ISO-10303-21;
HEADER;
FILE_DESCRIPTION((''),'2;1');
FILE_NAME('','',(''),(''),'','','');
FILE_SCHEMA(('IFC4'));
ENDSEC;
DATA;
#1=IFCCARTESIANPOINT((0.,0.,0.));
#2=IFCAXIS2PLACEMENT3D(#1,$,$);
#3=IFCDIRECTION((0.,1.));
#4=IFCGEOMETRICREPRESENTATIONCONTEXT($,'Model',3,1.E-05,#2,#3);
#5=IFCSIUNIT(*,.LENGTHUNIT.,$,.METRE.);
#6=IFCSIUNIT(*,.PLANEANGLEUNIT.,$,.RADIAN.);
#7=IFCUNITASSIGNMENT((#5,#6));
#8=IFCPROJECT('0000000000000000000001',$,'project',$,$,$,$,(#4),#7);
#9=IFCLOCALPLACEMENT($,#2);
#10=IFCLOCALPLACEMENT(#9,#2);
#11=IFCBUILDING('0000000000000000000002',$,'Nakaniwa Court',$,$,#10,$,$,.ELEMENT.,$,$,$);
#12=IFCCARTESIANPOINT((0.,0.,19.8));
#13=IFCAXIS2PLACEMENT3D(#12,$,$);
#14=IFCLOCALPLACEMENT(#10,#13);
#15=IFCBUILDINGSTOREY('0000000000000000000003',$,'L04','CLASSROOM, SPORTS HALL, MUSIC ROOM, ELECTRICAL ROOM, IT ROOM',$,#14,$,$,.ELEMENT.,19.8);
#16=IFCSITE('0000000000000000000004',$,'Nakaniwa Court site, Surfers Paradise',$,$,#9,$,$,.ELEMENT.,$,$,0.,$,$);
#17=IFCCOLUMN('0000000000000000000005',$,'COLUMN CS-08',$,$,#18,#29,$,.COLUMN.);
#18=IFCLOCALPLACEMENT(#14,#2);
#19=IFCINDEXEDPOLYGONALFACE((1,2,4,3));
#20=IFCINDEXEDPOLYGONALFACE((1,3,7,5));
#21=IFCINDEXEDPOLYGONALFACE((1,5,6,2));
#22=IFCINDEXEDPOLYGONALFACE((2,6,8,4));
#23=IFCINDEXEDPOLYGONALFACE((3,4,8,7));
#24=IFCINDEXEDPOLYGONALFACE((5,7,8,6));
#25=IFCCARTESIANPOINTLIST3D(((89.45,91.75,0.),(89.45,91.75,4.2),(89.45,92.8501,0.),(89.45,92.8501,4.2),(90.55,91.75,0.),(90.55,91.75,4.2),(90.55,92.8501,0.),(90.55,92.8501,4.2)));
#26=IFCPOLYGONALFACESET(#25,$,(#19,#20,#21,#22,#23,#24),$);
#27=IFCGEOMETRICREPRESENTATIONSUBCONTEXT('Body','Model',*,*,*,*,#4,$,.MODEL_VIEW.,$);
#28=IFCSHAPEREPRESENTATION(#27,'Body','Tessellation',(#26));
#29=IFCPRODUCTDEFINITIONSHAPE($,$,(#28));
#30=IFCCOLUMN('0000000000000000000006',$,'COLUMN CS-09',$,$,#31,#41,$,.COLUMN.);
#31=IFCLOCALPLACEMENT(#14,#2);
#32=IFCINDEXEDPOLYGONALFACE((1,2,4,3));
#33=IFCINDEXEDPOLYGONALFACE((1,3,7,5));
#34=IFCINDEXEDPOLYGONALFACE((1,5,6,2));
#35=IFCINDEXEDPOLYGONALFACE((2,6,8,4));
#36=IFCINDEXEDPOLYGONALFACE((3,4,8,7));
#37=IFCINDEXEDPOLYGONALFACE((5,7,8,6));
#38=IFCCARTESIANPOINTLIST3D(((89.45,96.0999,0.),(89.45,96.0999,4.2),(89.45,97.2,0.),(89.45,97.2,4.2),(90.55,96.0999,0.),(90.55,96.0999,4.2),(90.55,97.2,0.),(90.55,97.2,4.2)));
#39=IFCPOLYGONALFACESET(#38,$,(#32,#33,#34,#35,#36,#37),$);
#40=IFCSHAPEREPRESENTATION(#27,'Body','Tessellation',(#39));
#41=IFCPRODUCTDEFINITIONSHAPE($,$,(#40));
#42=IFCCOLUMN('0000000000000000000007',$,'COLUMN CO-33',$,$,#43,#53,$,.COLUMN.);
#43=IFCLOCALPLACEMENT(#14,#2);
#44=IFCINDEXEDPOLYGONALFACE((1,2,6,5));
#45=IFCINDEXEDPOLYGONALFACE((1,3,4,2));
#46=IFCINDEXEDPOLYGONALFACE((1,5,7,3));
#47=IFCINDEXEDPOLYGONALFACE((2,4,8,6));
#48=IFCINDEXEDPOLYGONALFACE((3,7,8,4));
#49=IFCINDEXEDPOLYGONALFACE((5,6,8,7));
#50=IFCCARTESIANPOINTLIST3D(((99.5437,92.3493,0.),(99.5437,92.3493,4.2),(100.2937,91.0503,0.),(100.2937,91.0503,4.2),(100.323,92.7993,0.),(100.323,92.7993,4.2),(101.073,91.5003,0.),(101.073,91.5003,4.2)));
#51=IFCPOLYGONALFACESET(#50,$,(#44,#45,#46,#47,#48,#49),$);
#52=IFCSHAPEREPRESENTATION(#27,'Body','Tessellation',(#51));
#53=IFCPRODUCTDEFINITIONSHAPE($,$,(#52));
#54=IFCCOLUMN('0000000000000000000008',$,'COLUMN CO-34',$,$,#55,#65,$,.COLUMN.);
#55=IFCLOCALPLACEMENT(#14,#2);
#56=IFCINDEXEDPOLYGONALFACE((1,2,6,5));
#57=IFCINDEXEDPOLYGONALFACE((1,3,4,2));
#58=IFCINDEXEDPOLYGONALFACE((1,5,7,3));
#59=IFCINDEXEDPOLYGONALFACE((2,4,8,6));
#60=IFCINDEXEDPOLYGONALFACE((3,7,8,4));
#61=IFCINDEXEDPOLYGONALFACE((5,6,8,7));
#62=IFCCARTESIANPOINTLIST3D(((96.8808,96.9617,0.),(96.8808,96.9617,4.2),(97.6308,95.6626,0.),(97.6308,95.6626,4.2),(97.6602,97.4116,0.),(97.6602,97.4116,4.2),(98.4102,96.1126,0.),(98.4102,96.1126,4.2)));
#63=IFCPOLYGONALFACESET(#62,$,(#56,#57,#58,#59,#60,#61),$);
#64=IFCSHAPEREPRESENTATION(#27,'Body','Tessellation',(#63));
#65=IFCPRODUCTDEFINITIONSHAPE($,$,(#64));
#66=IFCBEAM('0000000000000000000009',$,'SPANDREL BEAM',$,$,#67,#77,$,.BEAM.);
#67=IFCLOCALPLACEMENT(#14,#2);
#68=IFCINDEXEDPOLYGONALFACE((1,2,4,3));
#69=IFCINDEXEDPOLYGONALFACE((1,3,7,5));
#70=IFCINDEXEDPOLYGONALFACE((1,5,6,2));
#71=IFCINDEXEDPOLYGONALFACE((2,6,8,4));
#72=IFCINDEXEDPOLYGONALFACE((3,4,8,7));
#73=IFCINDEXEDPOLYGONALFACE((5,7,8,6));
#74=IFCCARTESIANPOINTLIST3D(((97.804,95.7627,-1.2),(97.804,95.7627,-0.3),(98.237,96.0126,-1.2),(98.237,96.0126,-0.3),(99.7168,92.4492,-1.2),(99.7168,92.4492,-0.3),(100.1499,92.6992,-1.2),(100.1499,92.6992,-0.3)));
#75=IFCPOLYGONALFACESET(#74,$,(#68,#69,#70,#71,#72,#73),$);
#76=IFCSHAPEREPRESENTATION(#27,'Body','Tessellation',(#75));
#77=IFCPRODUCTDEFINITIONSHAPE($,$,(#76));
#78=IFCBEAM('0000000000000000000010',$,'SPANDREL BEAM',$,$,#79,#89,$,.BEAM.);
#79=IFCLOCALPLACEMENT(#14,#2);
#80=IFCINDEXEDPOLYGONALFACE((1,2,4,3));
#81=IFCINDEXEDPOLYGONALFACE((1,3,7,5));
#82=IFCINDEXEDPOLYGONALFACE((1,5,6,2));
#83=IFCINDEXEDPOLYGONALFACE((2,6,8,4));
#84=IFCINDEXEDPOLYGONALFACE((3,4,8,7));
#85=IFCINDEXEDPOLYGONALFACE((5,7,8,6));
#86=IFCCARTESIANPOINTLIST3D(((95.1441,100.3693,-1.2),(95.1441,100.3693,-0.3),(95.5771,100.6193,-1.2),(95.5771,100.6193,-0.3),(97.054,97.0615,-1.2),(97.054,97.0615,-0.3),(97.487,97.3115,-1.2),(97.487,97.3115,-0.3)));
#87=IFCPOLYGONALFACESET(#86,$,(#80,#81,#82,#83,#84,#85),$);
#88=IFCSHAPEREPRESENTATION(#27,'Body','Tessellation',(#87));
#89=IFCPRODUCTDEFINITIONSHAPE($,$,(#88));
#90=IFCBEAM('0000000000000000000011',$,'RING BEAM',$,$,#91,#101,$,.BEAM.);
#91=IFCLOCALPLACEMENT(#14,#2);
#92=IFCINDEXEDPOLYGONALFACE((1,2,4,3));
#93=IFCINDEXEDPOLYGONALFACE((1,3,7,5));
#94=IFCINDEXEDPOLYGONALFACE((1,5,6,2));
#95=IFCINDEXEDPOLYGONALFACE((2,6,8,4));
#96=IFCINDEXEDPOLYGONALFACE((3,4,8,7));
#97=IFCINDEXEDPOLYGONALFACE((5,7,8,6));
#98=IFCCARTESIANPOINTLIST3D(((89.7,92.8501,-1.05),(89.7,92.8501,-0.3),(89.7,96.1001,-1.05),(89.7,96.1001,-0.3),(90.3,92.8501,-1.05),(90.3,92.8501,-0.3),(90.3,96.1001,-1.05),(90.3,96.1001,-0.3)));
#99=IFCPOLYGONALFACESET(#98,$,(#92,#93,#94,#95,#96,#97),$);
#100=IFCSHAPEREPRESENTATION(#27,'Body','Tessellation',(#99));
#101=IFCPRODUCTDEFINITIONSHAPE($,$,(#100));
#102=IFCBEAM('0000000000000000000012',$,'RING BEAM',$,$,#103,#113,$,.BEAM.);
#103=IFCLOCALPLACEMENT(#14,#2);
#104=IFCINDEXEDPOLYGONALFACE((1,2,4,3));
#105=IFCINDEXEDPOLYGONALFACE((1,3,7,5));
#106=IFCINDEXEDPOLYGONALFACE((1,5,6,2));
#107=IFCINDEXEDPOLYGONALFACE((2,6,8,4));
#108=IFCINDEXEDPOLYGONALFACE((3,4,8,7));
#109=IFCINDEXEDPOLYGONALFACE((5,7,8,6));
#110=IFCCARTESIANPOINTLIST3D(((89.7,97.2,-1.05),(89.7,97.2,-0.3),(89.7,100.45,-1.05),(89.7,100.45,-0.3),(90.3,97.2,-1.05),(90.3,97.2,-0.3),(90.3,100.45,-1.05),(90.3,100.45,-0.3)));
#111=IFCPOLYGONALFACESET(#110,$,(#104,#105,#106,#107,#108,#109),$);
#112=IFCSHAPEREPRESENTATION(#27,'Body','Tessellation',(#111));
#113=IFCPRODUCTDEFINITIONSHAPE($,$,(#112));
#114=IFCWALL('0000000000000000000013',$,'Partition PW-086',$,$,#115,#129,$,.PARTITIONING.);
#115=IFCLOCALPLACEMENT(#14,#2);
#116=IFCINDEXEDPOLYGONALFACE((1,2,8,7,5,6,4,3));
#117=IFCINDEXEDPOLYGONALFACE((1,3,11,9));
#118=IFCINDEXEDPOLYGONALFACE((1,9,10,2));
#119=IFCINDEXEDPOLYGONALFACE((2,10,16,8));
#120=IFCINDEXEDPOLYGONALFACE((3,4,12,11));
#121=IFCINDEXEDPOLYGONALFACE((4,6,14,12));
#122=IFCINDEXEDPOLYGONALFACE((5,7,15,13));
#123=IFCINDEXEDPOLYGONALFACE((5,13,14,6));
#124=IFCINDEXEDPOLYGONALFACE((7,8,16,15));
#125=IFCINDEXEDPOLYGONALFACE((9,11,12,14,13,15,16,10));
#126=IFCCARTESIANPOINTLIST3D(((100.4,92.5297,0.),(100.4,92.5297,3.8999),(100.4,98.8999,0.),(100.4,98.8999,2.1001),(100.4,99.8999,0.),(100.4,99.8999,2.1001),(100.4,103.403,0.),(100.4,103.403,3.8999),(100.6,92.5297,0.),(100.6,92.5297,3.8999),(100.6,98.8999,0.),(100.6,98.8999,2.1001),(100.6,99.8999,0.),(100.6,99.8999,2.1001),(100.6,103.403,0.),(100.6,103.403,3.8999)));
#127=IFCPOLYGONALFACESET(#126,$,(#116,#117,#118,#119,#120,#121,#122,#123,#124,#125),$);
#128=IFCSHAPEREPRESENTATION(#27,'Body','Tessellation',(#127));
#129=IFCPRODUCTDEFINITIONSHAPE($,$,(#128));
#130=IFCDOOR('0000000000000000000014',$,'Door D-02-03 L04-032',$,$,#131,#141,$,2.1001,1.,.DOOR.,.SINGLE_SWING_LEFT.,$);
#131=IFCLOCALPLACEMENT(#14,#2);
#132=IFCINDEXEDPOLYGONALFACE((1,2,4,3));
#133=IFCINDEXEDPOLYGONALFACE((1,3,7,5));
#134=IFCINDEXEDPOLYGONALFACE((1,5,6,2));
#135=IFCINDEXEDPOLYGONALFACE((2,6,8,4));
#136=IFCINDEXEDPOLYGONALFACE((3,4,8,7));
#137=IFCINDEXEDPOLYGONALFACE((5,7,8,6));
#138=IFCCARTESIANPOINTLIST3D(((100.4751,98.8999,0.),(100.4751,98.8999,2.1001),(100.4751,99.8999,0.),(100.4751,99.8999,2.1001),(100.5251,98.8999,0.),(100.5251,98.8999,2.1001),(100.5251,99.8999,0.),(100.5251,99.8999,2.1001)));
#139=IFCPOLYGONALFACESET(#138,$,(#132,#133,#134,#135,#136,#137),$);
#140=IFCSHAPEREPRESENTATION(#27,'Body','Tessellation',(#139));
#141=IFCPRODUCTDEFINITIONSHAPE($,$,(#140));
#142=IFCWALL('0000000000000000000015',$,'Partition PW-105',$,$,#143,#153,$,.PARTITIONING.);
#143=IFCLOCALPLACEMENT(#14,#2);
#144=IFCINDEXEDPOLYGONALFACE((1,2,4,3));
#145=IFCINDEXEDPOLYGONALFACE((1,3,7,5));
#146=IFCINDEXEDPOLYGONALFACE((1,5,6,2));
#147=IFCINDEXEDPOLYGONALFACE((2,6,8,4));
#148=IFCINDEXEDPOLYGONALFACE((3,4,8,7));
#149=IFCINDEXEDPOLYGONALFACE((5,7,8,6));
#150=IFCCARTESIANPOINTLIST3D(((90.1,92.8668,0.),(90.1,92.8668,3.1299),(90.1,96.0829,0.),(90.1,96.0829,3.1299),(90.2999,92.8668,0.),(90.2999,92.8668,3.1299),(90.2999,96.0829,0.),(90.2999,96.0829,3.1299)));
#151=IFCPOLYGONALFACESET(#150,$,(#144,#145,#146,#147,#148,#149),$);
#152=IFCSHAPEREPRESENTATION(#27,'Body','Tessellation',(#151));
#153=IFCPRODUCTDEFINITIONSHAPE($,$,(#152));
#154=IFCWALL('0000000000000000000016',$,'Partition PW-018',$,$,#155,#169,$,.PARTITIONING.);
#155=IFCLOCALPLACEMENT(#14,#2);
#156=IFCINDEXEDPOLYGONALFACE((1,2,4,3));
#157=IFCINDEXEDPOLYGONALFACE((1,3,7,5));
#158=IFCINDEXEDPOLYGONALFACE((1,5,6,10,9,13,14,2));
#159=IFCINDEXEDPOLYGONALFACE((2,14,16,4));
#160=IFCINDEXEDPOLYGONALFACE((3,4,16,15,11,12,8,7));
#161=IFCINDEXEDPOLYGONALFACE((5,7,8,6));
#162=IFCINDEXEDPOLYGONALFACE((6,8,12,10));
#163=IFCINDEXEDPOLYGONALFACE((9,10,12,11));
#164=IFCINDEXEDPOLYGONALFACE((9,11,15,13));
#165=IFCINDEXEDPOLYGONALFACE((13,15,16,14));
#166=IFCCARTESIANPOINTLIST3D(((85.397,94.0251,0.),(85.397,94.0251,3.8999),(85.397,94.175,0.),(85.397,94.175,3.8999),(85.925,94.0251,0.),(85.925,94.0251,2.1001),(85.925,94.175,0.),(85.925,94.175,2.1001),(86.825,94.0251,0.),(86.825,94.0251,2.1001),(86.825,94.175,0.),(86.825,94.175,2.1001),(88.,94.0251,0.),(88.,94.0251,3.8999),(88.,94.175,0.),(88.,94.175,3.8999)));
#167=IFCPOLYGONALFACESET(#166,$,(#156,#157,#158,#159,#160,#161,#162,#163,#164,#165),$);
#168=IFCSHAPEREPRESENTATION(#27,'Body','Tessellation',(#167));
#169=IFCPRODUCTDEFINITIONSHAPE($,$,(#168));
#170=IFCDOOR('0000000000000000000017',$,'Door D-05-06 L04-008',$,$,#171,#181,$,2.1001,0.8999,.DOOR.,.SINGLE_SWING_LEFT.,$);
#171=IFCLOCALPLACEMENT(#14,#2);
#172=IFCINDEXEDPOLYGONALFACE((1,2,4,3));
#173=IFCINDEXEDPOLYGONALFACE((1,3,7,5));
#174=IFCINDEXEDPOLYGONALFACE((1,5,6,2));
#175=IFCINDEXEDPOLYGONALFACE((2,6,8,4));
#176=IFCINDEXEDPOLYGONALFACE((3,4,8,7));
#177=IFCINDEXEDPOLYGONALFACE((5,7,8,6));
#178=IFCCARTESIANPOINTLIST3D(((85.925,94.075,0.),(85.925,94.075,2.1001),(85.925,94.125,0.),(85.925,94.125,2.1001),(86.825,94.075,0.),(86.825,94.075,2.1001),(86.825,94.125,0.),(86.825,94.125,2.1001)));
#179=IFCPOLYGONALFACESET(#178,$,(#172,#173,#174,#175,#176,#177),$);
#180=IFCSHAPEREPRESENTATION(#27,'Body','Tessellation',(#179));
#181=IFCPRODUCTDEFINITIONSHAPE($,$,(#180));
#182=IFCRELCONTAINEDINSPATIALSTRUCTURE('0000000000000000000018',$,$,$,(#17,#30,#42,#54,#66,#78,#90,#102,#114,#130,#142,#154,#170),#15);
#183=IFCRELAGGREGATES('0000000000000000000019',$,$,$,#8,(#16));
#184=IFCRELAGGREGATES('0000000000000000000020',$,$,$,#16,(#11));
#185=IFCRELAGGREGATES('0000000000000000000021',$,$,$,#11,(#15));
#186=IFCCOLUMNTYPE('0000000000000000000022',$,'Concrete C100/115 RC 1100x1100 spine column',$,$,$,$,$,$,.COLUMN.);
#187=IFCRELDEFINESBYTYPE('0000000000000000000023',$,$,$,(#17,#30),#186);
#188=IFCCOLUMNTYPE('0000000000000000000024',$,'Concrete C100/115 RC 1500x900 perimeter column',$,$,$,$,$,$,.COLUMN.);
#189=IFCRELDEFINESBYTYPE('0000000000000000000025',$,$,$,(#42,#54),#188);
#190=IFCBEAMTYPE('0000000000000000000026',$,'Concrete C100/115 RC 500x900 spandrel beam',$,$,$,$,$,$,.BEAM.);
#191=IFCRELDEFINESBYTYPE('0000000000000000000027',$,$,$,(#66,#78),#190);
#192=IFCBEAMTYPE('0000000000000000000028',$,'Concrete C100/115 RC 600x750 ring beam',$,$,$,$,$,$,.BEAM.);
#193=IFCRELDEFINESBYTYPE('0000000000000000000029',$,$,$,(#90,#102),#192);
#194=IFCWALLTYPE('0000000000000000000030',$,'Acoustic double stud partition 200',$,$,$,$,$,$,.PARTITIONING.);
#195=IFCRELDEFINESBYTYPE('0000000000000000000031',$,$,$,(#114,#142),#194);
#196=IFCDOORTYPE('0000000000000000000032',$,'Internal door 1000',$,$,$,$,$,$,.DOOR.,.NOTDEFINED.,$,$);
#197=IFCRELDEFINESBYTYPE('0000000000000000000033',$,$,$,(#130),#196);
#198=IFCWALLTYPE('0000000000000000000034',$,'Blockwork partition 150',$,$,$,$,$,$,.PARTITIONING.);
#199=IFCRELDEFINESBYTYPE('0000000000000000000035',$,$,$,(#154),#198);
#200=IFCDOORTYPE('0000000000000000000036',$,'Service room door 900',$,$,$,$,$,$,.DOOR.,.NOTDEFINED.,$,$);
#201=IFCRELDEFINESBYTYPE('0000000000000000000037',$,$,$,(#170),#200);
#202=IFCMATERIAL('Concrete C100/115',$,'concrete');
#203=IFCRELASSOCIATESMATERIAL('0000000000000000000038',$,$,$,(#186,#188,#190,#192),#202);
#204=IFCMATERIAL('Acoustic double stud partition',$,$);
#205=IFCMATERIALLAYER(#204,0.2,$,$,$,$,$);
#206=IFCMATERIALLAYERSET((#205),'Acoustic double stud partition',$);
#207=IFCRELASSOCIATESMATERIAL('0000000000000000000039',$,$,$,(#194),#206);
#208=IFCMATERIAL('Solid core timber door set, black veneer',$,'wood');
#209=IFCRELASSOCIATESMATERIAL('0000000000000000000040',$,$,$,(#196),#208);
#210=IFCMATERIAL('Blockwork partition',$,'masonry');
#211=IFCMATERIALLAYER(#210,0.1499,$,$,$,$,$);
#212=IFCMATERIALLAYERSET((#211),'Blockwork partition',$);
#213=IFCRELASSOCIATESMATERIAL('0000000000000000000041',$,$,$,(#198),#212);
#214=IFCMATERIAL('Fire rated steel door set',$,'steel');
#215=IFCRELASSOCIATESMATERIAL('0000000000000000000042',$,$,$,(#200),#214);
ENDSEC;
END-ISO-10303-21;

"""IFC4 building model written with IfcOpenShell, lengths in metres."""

from ifc_helpers import new_model, si_unit, direction, frame, frame_2d, origin, origin_2d, place, context, subcontext, project, spatial, rectangle, extrude, material, layer, layer_set, material_profile, profile_set, type_object, element, fill, save


model = new_model("IFC4")

# Units and contexts
model_context = context("Model", 3, precision=1e-05, world=origin(), true_north=direction((0.0, 1.0)))
body_context = subcontext(model_context, "Body", "Model", "MODEL_VIEW")
ifc_project = project(units=[si_unit("LENGTHUNIT", "METRE"), si_unit("PLANEANGLEUNIT", "RADIAN")], contexts=[model_context])

# Site, building, storey
site_placement = place(None, origin())
site = spatial("IfcSite", under=ifc_project, at=site_placement, Name="Nakaniwa Court site, Surfers Paradise", CompositionType="ELEMENT", RefElevation=0.0)
building_placement = place(site_placement, origin())
building = spatial("IfcBuilding", under=site, at=building_placement, Name="Nakaniwa Court", CompositionType="ELEMENT")
storey_placement = place(building_placement, frame((0.0, 0.0, 19.8)))
storey = spatial("IfcBuildingStorey", under=building, at=storey_placement, Name="L04", Description="CLASSROOM, SPORTS HALL, MUSIC ROOM, ELECTRICAL ROOM, IT ROOM", CompositionType="ELEMENT", Elevation=19.8)

# Columns
ifc_material_1 = material(Name="Concrete C100/115", Category="concrete")
ifc_material_profile_1 = material_profile(ifc_material_1, rectangle(XDim=1.1001, YDim=1.1001, at=origin_2d()), Name="Concrete C100/115 RC 1100x1100 spine column")
ifc_profile_set_1 = profile_set([ifc_material_profile_1], Name="Concrete C100/115")
column_type_1 = type_object("IfcColumnType", Name="Concrete C100/115 RC 1100x1100 spine column", PredefinedType="COLUMN", material=ifc_profile_set_1)
for number, where, z_axis, x_axis, name in (
    (1, (90.0, 92.3, 0.0), (0.0, 0.0, 1.0), (0.0, 1.0, 0.0), "COLUMN CS-08"),
    (2, (90.0, 96.6499, 0.0), (0.0, 0.0, 1.0), (0.0, 1.0, 0.0), "COLUMN CS-09"),
):
    element("IfcColumn", number, at=place(storey_placement, frame(where, z_axis=z_axis, x_axis=x_axis)), inside=storey, type_object=column_type_1, Name=name, PredefinedType="COLUMN", context=body_context, shape_type="SweptSolid", body=[
        extrude(rectangle(XDim=1.1001, YDim=1.1001, at=origin_2d()), origin(), (0.0, 0.0, 1.0), 4.2),
    ])
ifc_material_profile_2 = material_profile(ifc_material_1, rectangle(XDim=1.5, YDim=0.8999, at=origin_2d()), Name="Concrete C100/115 RC 1500x900 perimeter column")
ifc_profile_set_2 = profile_set([ifc_material_profile_2], Name="Concrete C100/115")
column_type_2 = type_object("IfcColumnType", Name="Concrete C100/115 RC 1500x900 perimeter column", PredefinedType="COLUMN", material=ifc_profile_set_2)
for number, where, z_axis, x_axis, name in (
    (3, (100.3083, 91.9248, 0.0), (0.0, 0.0, 1.0), (-0.5, 0.866025, 0.0), "COLUMN CO-33"),
    (4, (97.6455, 96.5371, 0.0), (0.0, 0.0, 1.0), (-0.5, 0.866025, 0.0), "COLUMN CO-34"),
):
    element("IfcColumn", number, at=place(storey_placement, frame(where, z_axis=z_axis, x_axis=x_axis)), inside=storey, type_object=column_type_2, Name=name, PredefinedType="COLUMN", context=body_context, shape_type="SweptSolid", body=[
        extrude(rectangle(XDim=1.5, YDim=0.8999, at=origin_2d()), origin(), (0.0, 0.0, 1.0), 4.2),
    ])

# Beams
ifc_material_profile_3 = material_profile(ifc_material_1, rectangle(XDim=0.5, YDim=0.8999, at=origin_2d()), Name="Concrete C100/115 RC 500x900 spandrel beam")
ifc_profile_set_3 = profile_set([ifc_material_profile_3], Name="Concrete C100/115")
beam_type_1 = type_object("IfcBeamType", Name="Concrete C100/115 RC 500x900 spandrel beam", PredefinedType="BEAM", material=ifc_profile_set_3)
beam_1_placement = place(storey_placement, frame((99.9333, 92.5742, -0.75), z_axis=(-0.499962, 0.866047, 0.0), x_axis=(-0.866047, -0.499962, 0.0)))
element("IfcBeam", 5, at=beam_1_placement, inside=storey, type_object=beam_type_1, Name="SPANDREL BEAM", PredefinedType="BEAM", context=body_context, shape_type="SweptSolid", body=[
    extrude(rectangle(XDim=0.5, YDim=0.8999, at=origin_2d()), origin(), (0.0, 0.0, 1.0), 3.8259),
])
beam_2_placement = place(storey_placement, frame((97.2705, 97.1865, -0.75), z_axis=(-0.500023, 0.866012, 0.0), x_axis=(-0.866012, -0.500023, 0.0)))
element("IfcBeam", 6, at=beam_2_placement, inside=storey, type_object=beam_type_1, Name="SPANDREL BEAM", PredefinedType="BEAM", context=body_context, shape_type="SweptSolid", body=[
    extrude(rectangle(XDim=0.5, YDim=0.8999, at=origin_2d()), origin(), (0.0, 0.0, 1.0), 3.8196),
])
ifc_material_profile_4 = material_profile(ifc_material_1, rectangle(XDim=0.6001, YDim=0.75, at=origin_2d()), Name="Concrete C100/115 RC 600x750 ring beam")
ifc_profile_set_4 = profile_set([ifc_material_profile_4], Name="Concrete C100/115")
beam_type_2 = type_object("IfcBeamType", Name="Concrete C100/115 RC 600x750 ring beam", PredefinedType="BEAM", material=ifc_profile_set_4)
for number, where, z_axis, x_axis, name in (
    (7, (90.0, 92.8501, -0.675), (0.0, 1.0, 0.0), (-1.0, 0.0, 0.0), "RING BEAM"),
    (8, (90.0, 97.2, -0.675), (0.0, 1.0, 0.0), (-1.0, 0.0, 0.0), "RING BEAM"),
):
    element("IfcBeam", number, at=place(storey_placement, frame(where, z_axis=z_axis, x_axis=x_axis)), inside=storey, type_object=beam_type_2, Name=name, PredefinedType="BEAM", context=body_context, shape_type="SweptSolid", body=[
        extrude(rectangle(XDim=0.6001, YDim=0.75, at=origin_2d()), origin(), (0.0, 0.0, 1.0), 3.25),
    ])

# Wall, opening, door
ifc_material_2 = material(Name="Acoustic double stud partition")
ifc_layer_1 = layer(ifc_material_2, 0.2)
ifc_layer_set_1 = layer_set([ifc_layer_1], Name="Acoustic double stud partition")
wall_type_1 = type_object("IfcWallType", Name="Acoustic double stud partition 200", PredefinedType="PARTITIONING", material=ifc_layer_set_1)
wall_1_placement = place(storey_placement, frame((100.5, 92.5298, 0.0), z_axis=(0.0, 0.0, 1.0), x_axis=(0.0, 1.0, 0.0)))
wall_1 = element("IfcWall", 9, at=wall_1_placement, inside=storey, type_object=wall_type_1, Name="Partition PW-086", PredefinedType="PARTITIONING", context=body_context, shape_type="SweptSolid", body=[
    extrude(rectangle(XDim=10.8733, YDim=0.2, at=frame_2d((5.4365, 0.0))), origin(), (0.0, 0.0, 1.0), 3.8999),
])
opening_1_placement = place(wall_1_placement, frame((6.3701, 0.0, 0.0)))
opening_1 = element("IfcOpeningElement", 10, at=opening_1_placement, cuts=wall_1, PredefinedType="OPENING", context=body_context, shape_type="SweptSolid", body=[
    extrude(rectangle(XDim=1.0, YDim=2.1001, at=frame_2d((0.5, 1.05))), frame((0.0, 0.1099, 0.0), z_axis=(0.0, -1.0, 0.0), x_axis=(1.0, 0.0, 0.0)), (0.0, 0.0, 1.0), 0.22),
])
ifc_material_3 = material(Name="Solid core timber door set, black veneer", Category="wood")
door_type_1 = type_object("IfcDoorType", Name="Internal door 1000", OperationType="NOTDEFINED", PredefinedType="DOOR", material=ifc_material_3)
door_1_placement = place(opening_1_placement, origin())
door_1 = element("IfcDoor", 11, at=door_1_placement, inside=storey, type_object=door_type_1, Name="Door D-02-03 L04-032", OperationType="SINGLE_SWING_LEFT", OverallHeight=2.1001, OverallWidth=1.0, PredefinedType="DOOR", context=body_context, shape_type="SweptSolid", body=[
    extrude(rectangle(XDim=1.0, YDim=2.1001, at=frame_2d((0.5, 1.05))), frame((0.0, 0.0249, 0.0), z_axis=(0.0, -1.0, 0.0), x_axis=(1.0, 0.0, 0.0)), (0.0, 0.0, 1.0), 0.05),
])
fill(opening_1, door_1)

# Wall
wall_2_placement = place(storey_placement, frame((90.2, 92.8669, 0.0), z_axis=(0.0, 0.0, 1.0), x_axis=(0.0, 1.0, 0.0)))
element("IfcWall", 12, at=wall_2_placement, inside=storey, type_object=wall_type_1, Name="Partition PW-105", PredefinedType="PARTITIONING", context=body_context, shape_type="SweptSolid", body=[
    extrude(rectangle(XDim=3.2161, YDim=0.2, at=frame_2d((1.6079, 0.0))), origin(), (0.0, 0.0, 1.0), 3.1299),
])

# Wall, opening, door
ifc_material_4 = material(Name="Blockwork partition", Category="masonry")
ifc_layer_2 = layer(ifc_material_4, 0.1499)
ifc_layer_set_2 = layer_set([ifc_layer_2], Name="Blockwork partition")
wall_type_2 = type_object("IfcWallType", Name="Blockwork partition 150", PredefinedType="PARTITIONING", material=ifc_layer_set_2)
wall_3_placement = place(storey_placement, frame((85.397, 94.1001, 0.0), z_axis=(0.0, 0.0, 1.0), x_axis=(1.0, 0.0, 0.0)))
wall_3 = element("IfcWall", 13, at=wall_3_placement, inside=storey, type_object=wall_type_2, Name="Partition PW-018", PredefinedType="PARTITIONING", context=body_context, shape_type="SweptSolid", body=[
    extrude(rectangle(XDim=2.603, YDim=0.1499, at=frame_2d((1.3015, 0.0))), origin(), (0.0, 0.0, 1.0), 3.8999),
])
opening_2_placement = place(wall_3_placement, frame((0.5281, 0.0, 0.0)))
opening_2 = element("IfcOpeningElement", 14, at=opening_2_placement, cuts=wall_3, PredefinedType="OPENING", context=body_context, shape_type="SweptSolid", body=[
    extrude(rectangle(XDim=0.8999, YDim=2.1001, at=frame_2d((0.45, 1.05))), frame((0.0, 0.085, 0.0), z_axis=(0.0, -1.0, 0.0), x_axis=(1.0, 0.0, 0.0)), (0.0, 0.0, 1.0), 0.1699),
])
ifc_material_5 = material(Name="Fire rated steel door set", Category="steel")
door_type_2 = type_object("IfcDoorType", Name="Service room door 900", OperationType="NOTDEFINED", PredefinedType="DOOR", material=ifc_material_5)
door_2_placement = place(opening_2_placement, origin())
door_2 = element("IfcDoor", 15, at=door_2_placement, inside=storey, type_object=door_type_2, Name="Door D-05-06 L04-008", OperationType="SINGLE_SWING_LEFT", OverallHeight=2.1001, OverallWidth=0.8999, PredefinedType="DOOR", context=body_context, shape_type="SweptSolid", body=[
    extrude(rectangle(XDim=0.8999, YDim=2.1001, at=frame_2d((0.45, 1.05))), frame((0.0, 0.0249, 0.0), z_axis=(0.0, -1.0, 0.0), x_axis=(1.0, 0.0, 0.0)), (0.0, 0.0, 1.0), 0.05),
])
fill(opening_2, door_2)

save(model, "model.ifc")
